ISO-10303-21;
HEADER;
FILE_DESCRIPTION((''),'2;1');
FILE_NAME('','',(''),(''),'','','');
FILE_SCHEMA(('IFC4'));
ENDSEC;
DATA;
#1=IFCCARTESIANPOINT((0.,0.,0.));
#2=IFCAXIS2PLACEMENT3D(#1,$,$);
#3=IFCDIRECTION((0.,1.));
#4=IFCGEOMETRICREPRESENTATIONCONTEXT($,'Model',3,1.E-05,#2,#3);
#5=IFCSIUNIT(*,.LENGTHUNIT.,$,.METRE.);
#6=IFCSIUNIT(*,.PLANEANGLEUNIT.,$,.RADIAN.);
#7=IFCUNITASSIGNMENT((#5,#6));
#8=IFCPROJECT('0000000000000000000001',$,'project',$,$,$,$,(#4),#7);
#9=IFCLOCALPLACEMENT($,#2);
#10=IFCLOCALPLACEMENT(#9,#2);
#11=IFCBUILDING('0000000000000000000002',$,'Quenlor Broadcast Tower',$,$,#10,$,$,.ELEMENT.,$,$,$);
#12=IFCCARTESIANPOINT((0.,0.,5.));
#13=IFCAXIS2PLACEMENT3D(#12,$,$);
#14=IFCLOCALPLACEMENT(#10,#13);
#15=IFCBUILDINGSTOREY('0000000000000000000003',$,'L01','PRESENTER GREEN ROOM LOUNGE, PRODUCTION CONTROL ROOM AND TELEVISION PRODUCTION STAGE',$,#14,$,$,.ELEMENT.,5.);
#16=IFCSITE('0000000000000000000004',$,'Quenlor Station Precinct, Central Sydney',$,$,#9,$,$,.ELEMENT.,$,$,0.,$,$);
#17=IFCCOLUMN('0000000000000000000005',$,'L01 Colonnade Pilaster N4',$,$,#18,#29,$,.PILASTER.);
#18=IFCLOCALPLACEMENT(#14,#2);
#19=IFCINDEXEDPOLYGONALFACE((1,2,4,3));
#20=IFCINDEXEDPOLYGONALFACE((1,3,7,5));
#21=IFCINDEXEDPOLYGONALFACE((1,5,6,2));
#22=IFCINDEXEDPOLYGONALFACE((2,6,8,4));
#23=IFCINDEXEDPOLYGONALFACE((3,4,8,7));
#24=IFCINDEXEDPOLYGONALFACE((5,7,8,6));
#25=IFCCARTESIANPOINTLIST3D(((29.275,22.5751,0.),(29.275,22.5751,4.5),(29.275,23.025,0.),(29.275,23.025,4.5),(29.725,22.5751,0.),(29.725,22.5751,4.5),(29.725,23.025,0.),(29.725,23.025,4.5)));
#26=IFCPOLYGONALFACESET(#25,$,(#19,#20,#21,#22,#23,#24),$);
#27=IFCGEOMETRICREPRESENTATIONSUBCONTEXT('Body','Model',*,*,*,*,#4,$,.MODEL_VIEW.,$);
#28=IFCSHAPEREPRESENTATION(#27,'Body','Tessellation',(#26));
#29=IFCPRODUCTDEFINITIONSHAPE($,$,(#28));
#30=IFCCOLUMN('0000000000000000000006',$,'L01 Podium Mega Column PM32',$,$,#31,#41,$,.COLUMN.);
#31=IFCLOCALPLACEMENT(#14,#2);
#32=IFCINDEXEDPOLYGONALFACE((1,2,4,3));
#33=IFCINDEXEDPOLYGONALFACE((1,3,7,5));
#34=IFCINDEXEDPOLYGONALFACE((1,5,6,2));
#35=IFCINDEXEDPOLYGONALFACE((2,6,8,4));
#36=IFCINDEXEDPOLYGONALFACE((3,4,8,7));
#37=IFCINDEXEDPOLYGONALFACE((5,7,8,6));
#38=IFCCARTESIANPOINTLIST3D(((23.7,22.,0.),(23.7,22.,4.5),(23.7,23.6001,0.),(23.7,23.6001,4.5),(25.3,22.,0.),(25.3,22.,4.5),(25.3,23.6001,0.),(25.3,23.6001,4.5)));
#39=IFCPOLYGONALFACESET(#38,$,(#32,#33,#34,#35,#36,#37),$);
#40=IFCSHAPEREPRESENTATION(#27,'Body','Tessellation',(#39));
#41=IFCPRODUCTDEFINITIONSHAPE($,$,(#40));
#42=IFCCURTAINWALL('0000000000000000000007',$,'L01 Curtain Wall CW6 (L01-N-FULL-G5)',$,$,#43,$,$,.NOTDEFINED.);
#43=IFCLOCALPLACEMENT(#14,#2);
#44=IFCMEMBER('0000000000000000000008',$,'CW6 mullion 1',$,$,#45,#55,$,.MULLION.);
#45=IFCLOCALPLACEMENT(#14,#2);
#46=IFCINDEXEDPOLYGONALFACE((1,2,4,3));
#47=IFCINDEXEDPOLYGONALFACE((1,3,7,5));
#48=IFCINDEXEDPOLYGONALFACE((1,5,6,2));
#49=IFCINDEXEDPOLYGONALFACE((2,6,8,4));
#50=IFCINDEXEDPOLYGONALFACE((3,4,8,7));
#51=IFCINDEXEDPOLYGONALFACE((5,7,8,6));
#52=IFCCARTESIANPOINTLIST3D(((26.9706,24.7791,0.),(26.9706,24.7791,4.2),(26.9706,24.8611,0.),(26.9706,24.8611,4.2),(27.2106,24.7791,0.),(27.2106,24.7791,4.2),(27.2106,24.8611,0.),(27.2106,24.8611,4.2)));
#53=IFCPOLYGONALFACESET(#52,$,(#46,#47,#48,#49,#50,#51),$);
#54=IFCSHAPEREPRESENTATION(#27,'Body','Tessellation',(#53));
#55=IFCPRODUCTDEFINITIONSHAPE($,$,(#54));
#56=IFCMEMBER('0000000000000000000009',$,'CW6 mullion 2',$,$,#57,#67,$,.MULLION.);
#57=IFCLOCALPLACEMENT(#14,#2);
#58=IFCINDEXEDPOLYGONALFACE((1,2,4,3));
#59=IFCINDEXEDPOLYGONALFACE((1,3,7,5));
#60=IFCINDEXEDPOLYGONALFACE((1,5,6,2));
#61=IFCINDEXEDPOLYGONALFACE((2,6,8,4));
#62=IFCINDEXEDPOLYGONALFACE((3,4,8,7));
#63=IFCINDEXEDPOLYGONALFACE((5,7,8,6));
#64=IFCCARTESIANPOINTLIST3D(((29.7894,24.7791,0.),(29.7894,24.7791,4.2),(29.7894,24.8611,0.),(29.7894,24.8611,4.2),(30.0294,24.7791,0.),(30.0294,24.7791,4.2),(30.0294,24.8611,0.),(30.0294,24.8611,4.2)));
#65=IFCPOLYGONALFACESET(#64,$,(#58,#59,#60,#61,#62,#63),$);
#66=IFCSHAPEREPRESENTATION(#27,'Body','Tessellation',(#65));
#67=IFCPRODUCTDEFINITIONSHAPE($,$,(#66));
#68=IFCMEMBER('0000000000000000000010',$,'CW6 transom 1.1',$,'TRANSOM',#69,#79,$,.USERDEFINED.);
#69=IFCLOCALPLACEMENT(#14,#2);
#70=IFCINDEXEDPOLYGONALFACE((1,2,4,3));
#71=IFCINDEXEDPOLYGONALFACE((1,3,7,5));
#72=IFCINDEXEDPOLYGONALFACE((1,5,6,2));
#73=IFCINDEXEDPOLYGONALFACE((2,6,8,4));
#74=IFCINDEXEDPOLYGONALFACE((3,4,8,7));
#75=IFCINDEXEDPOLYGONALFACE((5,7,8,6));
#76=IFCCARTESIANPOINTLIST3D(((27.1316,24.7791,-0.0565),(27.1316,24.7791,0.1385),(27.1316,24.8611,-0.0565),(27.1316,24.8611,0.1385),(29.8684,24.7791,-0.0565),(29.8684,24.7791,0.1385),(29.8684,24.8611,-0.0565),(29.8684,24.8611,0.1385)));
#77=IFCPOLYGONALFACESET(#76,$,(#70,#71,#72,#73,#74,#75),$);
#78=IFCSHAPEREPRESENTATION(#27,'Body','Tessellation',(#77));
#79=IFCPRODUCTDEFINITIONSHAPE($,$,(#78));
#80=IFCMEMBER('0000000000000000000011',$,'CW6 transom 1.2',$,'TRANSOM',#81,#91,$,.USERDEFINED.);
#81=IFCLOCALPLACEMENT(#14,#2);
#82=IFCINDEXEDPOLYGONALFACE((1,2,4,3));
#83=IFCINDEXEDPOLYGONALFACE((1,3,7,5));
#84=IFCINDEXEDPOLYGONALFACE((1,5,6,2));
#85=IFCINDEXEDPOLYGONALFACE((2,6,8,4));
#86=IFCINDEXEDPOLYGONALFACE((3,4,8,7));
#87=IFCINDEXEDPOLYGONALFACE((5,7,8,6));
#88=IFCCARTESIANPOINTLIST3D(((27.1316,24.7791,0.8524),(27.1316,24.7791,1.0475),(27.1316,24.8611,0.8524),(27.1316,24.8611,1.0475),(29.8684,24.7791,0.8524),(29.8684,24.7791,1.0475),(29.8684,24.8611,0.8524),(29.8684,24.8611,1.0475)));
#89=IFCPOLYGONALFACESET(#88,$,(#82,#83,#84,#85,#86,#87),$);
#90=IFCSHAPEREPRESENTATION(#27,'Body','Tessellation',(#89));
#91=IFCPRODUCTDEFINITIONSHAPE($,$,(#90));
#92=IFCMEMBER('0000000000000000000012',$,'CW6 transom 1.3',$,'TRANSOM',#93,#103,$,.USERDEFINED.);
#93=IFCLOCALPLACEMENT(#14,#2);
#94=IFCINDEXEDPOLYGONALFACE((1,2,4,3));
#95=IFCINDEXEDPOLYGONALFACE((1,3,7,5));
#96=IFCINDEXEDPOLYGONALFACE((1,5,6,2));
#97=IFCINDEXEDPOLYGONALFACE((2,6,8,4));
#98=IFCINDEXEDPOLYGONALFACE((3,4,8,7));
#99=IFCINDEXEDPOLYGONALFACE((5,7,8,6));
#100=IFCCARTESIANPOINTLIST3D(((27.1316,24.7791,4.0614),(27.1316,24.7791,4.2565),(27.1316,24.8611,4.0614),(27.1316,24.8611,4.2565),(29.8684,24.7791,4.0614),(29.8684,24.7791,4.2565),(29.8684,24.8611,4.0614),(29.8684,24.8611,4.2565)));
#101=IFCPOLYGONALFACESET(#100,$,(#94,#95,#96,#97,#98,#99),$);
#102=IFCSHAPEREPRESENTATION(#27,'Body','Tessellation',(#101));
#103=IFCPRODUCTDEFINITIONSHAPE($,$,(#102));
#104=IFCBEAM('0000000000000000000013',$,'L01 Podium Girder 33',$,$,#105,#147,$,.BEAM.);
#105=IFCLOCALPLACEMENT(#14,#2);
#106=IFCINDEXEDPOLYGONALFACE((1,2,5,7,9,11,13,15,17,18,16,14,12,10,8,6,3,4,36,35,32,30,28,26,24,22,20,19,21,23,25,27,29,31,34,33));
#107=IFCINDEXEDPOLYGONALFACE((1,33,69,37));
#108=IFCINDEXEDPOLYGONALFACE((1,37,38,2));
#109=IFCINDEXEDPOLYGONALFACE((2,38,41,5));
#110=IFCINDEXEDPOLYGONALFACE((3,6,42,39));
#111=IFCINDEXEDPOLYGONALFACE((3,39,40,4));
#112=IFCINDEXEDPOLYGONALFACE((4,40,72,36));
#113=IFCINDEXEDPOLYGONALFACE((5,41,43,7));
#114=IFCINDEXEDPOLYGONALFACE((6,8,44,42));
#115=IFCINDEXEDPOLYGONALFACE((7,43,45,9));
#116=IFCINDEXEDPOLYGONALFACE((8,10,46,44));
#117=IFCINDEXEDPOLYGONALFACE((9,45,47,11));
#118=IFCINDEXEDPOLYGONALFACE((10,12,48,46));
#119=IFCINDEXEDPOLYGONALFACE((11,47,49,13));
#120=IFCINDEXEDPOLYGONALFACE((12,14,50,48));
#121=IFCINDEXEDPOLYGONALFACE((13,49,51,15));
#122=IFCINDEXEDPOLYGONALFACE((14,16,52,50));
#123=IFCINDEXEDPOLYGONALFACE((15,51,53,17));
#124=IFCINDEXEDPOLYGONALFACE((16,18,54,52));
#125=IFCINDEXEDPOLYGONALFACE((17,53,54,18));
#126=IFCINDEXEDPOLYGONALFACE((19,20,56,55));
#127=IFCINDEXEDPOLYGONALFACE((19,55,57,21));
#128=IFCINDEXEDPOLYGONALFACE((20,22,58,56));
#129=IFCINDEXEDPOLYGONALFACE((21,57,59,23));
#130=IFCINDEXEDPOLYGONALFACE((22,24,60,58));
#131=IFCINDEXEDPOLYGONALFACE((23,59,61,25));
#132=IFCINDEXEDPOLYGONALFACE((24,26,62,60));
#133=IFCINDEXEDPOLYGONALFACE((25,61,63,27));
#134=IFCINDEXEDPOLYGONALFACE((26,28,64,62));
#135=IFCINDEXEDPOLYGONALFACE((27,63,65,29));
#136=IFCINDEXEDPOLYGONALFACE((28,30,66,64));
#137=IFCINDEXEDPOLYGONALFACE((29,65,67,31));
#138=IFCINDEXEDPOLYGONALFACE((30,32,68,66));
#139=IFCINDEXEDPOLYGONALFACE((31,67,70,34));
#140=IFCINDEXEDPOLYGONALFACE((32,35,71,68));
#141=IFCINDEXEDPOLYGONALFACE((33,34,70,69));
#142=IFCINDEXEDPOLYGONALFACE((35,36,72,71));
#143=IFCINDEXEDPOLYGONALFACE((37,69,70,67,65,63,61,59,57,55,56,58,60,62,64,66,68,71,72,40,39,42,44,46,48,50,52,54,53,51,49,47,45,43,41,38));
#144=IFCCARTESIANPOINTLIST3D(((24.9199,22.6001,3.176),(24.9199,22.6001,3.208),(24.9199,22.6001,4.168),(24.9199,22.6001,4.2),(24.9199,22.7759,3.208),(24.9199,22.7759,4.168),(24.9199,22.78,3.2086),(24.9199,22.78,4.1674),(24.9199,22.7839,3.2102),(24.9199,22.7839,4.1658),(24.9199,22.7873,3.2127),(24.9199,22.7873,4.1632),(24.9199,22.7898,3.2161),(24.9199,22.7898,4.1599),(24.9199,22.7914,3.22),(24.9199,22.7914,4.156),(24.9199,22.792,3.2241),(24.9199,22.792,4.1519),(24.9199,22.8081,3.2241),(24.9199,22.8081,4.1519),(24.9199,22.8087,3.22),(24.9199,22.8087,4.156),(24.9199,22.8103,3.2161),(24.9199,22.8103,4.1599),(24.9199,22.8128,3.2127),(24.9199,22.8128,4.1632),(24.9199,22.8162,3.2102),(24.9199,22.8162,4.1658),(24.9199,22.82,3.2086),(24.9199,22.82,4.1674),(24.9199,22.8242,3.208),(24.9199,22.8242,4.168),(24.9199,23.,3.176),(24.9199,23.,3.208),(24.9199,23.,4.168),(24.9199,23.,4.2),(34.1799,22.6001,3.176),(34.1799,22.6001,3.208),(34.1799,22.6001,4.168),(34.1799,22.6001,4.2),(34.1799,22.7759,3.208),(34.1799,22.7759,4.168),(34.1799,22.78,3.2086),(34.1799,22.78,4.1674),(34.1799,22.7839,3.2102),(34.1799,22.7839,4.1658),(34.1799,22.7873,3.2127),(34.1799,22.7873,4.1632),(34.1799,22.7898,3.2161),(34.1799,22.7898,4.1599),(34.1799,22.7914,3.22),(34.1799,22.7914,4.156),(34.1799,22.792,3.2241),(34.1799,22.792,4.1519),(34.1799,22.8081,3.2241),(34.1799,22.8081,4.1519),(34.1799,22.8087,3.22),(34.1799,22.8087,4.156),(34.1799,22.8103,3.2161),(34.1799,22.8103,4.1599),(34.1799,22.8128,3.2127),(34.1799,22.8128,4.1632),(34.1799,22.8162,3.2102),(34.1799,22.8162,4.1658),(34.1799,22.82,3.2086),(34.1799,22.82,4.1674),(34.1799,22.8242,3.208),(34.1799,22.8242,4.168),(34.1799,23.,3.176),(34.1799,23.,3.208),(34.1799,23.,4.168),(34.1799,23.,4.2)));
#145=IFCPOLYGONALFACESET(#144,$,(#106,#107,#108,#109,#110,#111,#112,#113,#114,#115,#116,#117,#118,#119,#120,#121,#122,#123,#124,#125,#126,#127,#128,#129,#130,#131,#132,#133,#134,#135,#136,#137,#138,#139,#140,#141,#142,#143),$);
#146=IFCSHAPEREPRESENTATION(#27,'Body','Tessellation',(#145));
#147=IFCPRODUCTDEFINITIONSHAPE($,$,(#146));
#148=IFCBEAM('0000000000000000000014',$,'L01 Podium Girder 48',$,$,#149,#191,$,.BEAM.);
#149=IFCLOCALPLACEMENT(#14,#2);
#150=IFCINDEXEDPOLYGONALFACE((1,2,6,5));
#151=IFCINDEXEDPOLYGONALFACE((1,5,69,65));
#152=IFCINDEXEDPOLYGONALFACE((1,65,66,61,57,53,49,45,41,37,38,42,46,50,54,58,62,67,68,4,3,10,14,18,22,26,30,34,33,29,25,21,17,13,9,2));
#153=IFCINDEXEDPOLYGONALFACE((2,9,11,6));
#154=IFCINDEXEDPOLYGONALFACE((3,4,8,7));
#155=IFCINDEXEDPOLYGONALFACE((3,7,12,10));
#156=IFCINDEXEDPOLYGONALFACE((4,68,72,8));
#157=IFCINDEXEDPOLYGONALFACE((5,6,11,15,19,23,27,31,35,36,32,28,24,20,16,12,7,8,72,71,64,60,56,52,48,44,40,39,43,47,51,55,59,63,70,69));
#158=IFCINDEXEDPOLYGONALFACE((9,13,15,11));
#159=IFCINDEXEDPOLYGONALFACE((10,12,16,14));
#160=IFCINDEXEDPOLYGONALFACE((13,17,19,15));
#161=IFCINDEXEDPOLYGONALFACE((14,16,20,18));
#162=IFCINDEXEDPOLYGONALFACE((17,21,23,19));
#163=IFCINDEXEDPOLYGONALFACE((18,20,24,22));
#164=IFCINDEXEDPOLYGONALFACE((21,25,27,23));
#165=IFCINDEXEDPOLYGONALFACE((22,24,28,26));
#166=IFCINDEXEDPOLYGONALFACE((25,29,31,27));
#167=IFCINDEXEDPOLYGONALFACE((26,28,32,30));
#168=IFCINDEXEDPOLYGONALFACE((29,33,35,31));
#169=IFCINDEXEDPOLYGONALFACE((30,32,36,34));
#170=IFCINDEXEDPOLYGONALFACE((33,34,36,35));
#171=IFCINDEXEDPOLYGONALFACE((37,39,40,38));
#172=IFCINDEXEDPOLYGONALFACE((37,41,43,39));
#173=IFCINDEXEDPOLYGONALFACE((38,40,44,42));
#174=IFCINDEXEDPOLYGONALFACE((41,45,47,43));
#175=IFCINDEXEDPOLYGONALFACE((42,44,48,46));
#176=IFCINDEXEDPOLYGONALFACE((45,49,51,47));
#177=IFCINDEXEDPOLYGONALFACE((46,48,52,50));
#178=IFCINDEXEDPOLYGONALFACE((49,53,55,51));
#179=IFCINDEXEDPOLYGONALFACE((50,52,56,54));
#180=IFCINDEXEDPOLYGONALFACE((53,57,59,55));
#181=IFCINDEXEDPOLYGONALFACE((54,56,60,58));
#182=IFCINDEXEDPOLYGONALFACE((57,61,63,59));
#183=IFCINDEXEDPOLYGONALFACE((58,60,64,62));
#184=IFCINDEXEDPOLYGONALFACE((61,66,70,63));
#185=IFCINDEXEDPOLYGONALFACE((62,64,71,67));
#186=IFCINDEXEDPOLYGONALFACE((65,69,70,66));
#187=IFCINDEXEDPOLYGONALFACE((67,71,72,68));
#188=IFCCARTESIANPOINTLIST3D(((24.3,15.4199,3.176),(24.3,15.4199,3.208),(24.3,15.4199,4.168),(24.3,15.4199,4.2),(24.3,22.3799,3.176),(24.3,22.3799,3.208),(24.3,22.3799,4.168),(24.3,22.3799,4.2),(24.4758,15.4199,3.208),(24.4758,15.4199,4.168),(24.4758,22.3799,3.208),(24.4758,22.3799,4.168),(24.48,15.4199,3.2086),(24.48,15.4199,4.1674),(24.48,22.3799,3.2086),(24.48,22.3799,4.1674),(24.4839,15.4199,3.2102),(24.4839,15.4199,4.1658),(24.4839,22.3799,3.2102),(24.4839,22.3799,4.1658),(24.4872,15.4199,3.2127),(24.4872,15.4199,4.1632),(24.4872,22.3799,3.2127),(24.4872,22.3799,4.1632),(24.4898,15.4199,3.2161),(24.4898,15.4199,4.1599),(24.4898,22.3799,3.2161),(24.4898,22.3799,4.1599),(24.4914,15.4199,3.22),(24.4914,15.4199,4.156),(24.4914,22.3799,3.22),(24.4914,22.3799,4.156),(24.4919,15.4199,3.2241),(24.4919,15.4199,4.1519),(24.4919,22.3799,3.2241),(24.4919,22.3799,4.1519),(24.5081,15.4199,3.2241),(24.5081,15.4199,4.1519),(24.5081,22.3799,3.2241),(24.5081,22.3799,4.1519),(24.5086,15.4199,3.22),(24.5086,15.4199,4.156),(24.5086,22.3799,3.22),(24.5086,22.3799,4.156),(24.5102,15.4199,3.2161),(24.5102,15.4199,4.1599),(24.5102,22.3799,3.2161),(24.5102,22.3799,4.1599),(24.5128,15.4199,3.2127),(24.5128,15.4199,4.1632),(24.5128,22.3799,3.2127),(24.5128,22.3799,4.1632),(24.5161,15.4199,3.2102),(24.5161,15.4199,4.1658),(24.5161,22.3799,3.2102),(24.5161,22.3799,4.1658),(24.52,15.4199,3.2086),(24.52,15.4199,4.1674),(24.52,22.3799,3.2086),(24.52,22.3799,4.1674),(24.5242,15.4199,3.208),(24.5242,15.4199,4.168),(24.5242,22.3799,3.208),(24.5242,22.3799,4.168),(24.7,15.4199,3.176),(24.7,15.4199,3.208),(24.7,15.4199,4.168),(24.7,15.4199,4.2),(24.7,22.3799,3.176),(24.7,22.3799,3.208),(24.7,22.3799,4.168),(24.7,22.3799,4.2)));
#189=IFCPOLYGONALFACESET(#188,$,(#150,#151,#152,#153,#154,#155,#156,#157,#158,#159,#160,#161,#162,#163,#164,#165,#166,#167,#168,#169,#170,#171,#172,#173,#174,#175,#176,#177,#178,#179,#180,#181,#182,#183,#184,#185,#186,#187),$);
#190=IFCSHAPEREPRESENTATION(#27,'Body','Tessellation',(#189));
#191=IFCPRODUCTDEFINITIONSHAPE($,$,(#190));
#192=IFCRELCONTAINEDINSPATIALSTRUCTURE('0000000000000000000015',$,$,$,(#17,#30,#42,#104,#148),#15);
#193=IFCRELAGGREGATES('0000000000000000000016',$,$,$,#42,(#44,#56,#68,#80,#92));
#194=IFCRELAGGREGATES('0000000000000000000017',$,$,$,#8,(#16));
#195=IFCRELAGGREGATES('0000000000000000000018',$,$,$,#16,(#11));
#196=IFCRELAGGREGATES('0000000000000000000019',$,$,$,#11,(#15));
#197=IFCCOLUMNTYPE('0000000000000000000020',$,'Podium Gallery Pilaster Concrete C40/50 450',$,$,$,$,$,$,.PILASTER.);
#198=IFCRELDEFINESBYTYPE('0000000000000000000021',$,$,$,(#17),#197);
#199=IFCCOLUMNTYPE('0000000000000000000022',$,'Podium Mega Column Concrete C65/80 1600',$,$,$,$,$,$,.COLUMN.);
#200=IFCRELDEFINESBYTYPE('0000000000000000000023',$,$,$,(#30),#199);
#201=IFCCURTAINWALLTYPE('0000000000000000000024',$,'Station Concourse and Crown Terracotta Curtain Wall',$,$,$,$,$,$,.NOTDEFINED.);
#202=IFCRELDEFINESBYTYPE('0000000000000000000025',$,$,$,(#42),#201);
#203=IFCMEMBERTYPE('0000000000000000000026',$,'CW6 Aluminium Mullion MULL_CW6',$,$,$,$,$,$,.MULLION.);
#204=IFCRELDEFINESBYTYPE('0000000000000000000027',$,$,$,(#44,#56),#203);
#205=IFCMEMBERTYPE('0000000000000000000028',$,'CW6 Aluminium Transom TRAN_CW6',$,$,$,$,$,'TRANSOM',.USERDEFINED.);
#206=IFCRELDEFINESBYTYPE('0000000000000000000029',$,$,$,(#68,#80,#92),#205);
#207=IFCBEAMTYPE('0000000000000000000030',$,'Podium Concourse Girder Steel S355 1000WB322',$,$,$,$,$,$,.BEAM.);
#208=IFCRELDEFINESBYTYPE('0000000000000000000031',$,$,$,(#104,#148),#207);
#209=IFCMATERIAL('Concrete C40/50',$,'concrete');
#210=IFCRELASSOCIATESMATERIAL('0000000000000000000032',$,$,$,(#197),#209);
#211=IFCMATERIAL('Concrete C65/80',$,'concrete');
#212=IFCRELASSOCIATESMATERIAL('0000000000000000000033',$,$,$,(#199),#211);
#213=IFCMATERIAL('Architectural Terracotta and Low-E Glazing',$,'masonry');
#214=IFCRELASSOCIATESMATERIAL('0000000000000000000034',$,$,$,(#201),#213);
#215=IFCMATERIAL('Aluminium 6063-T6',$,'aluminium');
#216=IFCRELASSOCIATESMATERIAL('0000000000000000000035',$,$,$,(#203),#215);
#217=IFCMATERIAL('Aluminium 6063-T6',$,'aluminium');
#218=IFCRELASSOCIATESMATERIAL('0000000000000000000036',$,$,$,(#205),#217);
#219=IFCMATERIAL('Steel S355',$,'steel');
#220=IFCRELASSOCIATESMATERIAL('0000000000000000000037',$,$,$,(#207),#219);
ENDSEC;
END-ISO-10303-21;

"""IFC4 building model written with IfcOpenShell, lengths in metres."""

from ifc_helpers import new_model, si_unit, direction, frame, origin, origin_2d, place, context, subcontext, project, spatial, rectangle, i_section, extrude, material, material_profile, profile_set, type_object, element, aggregate, save


model = new_model("IFC4")

# Units and contexts
model_context = context("Model", 3, precision=1e-05, world=origin(), true_north=direction((0.0, 1.0)))
body_context = subcontext(model_context, "Body", "Model", "MODEL_VIEW")
ifc_project = project(units=[si_unit("LENGTHUNIT", "METRE"), si_unit("PLANEANGLEUNIT", "RADIAN")], contexts=[model_context])

# Site, building, storey
site_placement = place(None, origin())
site = spatial("IfcSite", under=ifc_project, at=site_placement, Name="Quenlor Station Precinct, Central Sydney", CompositionType="ELEMENT", RefElevation=0.0)
building_placement = place(site_placement, origin())
building = spatial("IfcBuilding", under=site, at=building_placement, Name="Quenlor Broadcast Tower", CompositionType="ELEMENT")
storey_placement = place(building_placement, frame((0.0, 0.0, 5.0)))
storey = spatial("IfcBuildingStorey", under=building, at=storey_placement, Name="L01", Description="PRESENTER GREEN ROOM LOUNGE, PRODUCTION CONTROL ROOM AND TELEVISION PRODUCTION STAGE", CompositionType="ELEMENT", Elevation=5.0)

# Columns
ifc_material_1 = material(Name="Concrete C40/50", Category="concrete")
ifc_material_profile_1 = material_profile(ifc_material_1, rectangle(XDim=0.45, YDim=0.45, at=origin_2d()))
ifc_profile_set_1 = profile_set([ifc_material_profile_1], Name="Concrete C40/50 PIL450x450")
column_type_1 = type_object("IfcColumnType", Name="Podium Gallery Pilaster Concrete C40/50 450", PredefinedType="PILASTER", material=ifc_profile_set_1)
column_1_placement = place(storey_placement, frame((29.5, 22.8, 0.0), z_axis=(0.0, 0.0, 1.0), x_axis=(1.0, 0.0, 0.0)))
element("IfcColumn", 1, at=column_1_placement, inside=storey, type_object=column_type_1, Name="L01 Colonnade Pilaster N4", PredefinedType="PILASTER", context=body_context, shape_type="SweptSolid", body=[
    extrude(rectangle(XDim=0.45, YDim=0.45, at=origin_2d()), origin(), (0.0, 0.0, 1.0), 4.5),
])
ifc_material_2 = material(Name="Concrete C65/80", Category="concrete")
ifc_material_profile_2 = material_profile(ifc_material_2, rectangle(XDim=1.6001, YDim=1.6001, at=origin_2d()))
ifc_profile_set_2 = profile_set([ifc_material_profile_2], Name="Concrete C65/80 RC1600x1600")
column_type_2 = type_object("IfcColumnType", Name="Podium Mega Column Concrete C65/80 1600", PredefinedType="COLUMN", material=ifc_profile_set_2)
column_2_placement = place(storey_placement, frame((24.5, 22.8, 0.0), z_axis=(0.0, 0.0, 1.0), x_axis=(1.0, 0.0, 0.0)))
element("IfcColumn", 2, at=column_2_placement, inside=storey, type_object=column_type_2, Name="L01 Podium Mega Column PM32", PredefinedType="COLUMN", context=body_context, shape_type="SweptSolid", body=[
    extrude(rectangle(XDim=1.6001, YDim=1.6001, at=origin_2d()), origin(), (0.0, 0.0, 1.0), 4.5),
])

# Curtain wall, members
ifc_material_3 = material(Name="Architectural Terracotta and Low-E Glazing", Category="masonry")
curtain_wall_type = type_object("IfcCurtainWallType", Name="Station Concourse and Crown Terracotta Curtain Wall", PredefinedType="NOTDEFINED", material=ifc_material_3)
curtain_wall_placement = place(storey_placement, origin())
curtain_wall = element("IfcCurtainWall", 3, at=curtain_wall_placement, inside=storey, type_object=curtain_wall_type, Name="L01 Curtain Wall CW6 (L01-N-FULL-G5)", PredefinedType="NOTDEFINED")
ifc_material_4 = material(Name="Aluminium 6063-T6", Category="aluminium")
ifc_material_profile_3 = material_profile(ifc_material_4, rectangle(XDim=0.082, YDim=0.24, at=origin_2d()))
ifc_profile_set_3 = profile_set([ifc_material_profile_3], Name="Aluminium 6063-T6 MULL82x240")
member_type_1 = type_object("IfcMemberType", Name="CW6 Aluminium Mullion MULL_CW6", PredefinedType="MULLION", material=ifc_profile_set_3)
member_1_placement = place(storey_placement, frame((27.0906, 24.8201, 0.0), z_axis=(0.0, 0.0, 1.0), x_axis=(0.0, 1.0, 0.0)))
member_1 = element("IfcMember", 4, at=member_1_placement, type_object=member_type_1, Name="CW6 mullion 1", PredefinedType="MULLION", context=body_context, shape_type="SweptSolid", body=[
    extrude(rectangle(XDim=0.082, YDim=0.24, at=origin_2d()), origin(), (0.0, 0.0, 1.0), 4.2),
])
member_2_placement = place(storey_placement, frame((29.9094, 24.8201, 0.0), z_axis=(0.0, 0.0, 1.0), x_axis=(0.0, 1.0, 0.0)))
member_2 = element("IfcMember", 5, at=member_2_placement, type_object=member_type_1, Name="CW6 mullion 2", PredefinedType="MULLION", context=body_context, shape_type="SweptSolid", body=[
    extrude(rectangle(XDim=0.082, YDim=0.24, at=origin_2d()), origin(), (0.0, 0.0, 1.0), 4.2),
])
ifc_material_5 = material(Name="Aluminium 6063-T6", Category="aluminium")
ifc_material_profile_4 = material_profile(ifc_material_5, rectangle(XDim=0.082, YDim=0.1951, at=origin_2d()))
ifc_profile_set_4 = profile_set([ifc_material_profile_4], Name="Aluminium 6063-T6 TRAN82x195")
member_type_2 = type_object("IfcMemberType", Name="CW6 Aluminium Transom TRAN_CW6", ElementType="TRANSOM", PredefinedType="USERDEFINED", material=ifc_profile_set_4)
member_3_placement = place(storey_placement, frame((27.1316, 24.8201, 0.041), z_axis=(1.0, 0.0, 0.0), x_axis=(0.0, 1.0, 0.0)))
member_3 = element("IfcMember", 6, at=member_3_placement, type_object=member_type_2, Name="CW6 transom 1.1", ObjectType="TRANSOM", PredefinedType="USERDEFINED", context=body_context, shape_type="SweptSolid", body=[
    extrude(rectangle(XDim=0.082, YDim=0.1951, at=origin_2d()), origin(), (0.0, 0.0, 1.0), 2.7368),
])
member_4_placement = place(storey_placement, frame((27.1316, 24.8201, 0.95), z_axis=(1.0, 0.0, 0.0), x_axis=(0.0, 1.0, 0.0)))
member_4 = element("IfcMember", 7, at=member_4_placement, type_object=member_type_2, Name="CW6 transom 1.2", ObjectType="TRANSOM", PredefinedType="USERDEFINED", context=body_context, shape_type="SweptSolid", body=[
    extrude(rectangle(XDim=0.082, YDim=0.1951, at=origin_2d()), origin(), (0.0, 0.0, 1.0), 2.7368),
])
member_5_placement = place(storey_placement, frame((27.1316, 24.8201, 4.1589), z_axis=(1.0, 0.0, 0.0), x_axis=(0.0, 1.0, 0.0)))
member_5 = element("IfcMember", 8, at=member_5_placement, type_object=member_type_2, Name="CW6 transom 1.3", ObjectType="TRANSOM", PredefinedType="USERDEFINED", context=body_context, shape_type="SweptSolid", body=[
    extrude(rectangle(XDim=0.082, YDim=0.1951, at=origin_2d()), origin(), (0.0, 0.0, 1.0), 2.7368),
])

# Beams
ifc_material_6 = material(Name="Steel S355", Category="steel")
ifc_material_profile_5 = material_profile(ifc_material_6, i_section(OverallWidth=0.3999, OverallDepth=1.0239, WebThickness=0.0161, FlangeThickness=0.032, FilletRadius=0.0161, at=origin_2d()))
ifc_profile_set_5 = profile_set([ifc_material_profile_5], Name="Steel S355 1000WB322")
beam_type = type_object("IfcBeamType", Name="Podium Concourse Girder Steel S355 1000WB322", PredefinedType="BEAM", material=ifc_profile_set_5)
beam_1_placement = place(storey_placement, frame((24.9199, 22.8, 3.688), z_axis=(1.0, 0.0, 0.0), x_axis=(0.0, 1.0, 0.0)))
element("IfcBeam", 9, at=beam_1_placement, inside=storey, type_object=beam_type, Name="L01 Podium Girder 33", PredefinedType="BEAM", context=body_context, shape_type="SweptSolid", body=[
    extrude(i_section(OverallWidth=0.3999, OverallDepth=1.0239, WebThickness=0.0161, FlangeThickness=0.032, FilletRadius=0.0161, at=origin_2d()), origin(), (0.0, 0.0, 1.0), 9.26),
])
beam_2_placement = place(storey_placement, frame((24.5, 15.4199, 3.688), z_axis=(0.0, 1.0, 0.0), x_axis=(-1.0, 0.0, 0.0)))
element("IfcBeam", 10, at=beam_2_placement, inside=storey, type_object=beam_type, Name="L01 Podium Girder 48", PredefinedType="BEAM", context=body_context, shape_type="SweptSolid", body=[
    extrude(i_section(OverallWidth=0.3999, OverallDepth=1.0239, WebThickness=0.0161, FlangeThickness=0.032, FilletRadius=0.0161, at=origin_2d()), origin(), (0.0, 0.0, 1.0), 6.96),
])

aggregate(curtain_wall, [member_1, member_2, member_3, member_4, member_5])

save(model, "model.ifc")
